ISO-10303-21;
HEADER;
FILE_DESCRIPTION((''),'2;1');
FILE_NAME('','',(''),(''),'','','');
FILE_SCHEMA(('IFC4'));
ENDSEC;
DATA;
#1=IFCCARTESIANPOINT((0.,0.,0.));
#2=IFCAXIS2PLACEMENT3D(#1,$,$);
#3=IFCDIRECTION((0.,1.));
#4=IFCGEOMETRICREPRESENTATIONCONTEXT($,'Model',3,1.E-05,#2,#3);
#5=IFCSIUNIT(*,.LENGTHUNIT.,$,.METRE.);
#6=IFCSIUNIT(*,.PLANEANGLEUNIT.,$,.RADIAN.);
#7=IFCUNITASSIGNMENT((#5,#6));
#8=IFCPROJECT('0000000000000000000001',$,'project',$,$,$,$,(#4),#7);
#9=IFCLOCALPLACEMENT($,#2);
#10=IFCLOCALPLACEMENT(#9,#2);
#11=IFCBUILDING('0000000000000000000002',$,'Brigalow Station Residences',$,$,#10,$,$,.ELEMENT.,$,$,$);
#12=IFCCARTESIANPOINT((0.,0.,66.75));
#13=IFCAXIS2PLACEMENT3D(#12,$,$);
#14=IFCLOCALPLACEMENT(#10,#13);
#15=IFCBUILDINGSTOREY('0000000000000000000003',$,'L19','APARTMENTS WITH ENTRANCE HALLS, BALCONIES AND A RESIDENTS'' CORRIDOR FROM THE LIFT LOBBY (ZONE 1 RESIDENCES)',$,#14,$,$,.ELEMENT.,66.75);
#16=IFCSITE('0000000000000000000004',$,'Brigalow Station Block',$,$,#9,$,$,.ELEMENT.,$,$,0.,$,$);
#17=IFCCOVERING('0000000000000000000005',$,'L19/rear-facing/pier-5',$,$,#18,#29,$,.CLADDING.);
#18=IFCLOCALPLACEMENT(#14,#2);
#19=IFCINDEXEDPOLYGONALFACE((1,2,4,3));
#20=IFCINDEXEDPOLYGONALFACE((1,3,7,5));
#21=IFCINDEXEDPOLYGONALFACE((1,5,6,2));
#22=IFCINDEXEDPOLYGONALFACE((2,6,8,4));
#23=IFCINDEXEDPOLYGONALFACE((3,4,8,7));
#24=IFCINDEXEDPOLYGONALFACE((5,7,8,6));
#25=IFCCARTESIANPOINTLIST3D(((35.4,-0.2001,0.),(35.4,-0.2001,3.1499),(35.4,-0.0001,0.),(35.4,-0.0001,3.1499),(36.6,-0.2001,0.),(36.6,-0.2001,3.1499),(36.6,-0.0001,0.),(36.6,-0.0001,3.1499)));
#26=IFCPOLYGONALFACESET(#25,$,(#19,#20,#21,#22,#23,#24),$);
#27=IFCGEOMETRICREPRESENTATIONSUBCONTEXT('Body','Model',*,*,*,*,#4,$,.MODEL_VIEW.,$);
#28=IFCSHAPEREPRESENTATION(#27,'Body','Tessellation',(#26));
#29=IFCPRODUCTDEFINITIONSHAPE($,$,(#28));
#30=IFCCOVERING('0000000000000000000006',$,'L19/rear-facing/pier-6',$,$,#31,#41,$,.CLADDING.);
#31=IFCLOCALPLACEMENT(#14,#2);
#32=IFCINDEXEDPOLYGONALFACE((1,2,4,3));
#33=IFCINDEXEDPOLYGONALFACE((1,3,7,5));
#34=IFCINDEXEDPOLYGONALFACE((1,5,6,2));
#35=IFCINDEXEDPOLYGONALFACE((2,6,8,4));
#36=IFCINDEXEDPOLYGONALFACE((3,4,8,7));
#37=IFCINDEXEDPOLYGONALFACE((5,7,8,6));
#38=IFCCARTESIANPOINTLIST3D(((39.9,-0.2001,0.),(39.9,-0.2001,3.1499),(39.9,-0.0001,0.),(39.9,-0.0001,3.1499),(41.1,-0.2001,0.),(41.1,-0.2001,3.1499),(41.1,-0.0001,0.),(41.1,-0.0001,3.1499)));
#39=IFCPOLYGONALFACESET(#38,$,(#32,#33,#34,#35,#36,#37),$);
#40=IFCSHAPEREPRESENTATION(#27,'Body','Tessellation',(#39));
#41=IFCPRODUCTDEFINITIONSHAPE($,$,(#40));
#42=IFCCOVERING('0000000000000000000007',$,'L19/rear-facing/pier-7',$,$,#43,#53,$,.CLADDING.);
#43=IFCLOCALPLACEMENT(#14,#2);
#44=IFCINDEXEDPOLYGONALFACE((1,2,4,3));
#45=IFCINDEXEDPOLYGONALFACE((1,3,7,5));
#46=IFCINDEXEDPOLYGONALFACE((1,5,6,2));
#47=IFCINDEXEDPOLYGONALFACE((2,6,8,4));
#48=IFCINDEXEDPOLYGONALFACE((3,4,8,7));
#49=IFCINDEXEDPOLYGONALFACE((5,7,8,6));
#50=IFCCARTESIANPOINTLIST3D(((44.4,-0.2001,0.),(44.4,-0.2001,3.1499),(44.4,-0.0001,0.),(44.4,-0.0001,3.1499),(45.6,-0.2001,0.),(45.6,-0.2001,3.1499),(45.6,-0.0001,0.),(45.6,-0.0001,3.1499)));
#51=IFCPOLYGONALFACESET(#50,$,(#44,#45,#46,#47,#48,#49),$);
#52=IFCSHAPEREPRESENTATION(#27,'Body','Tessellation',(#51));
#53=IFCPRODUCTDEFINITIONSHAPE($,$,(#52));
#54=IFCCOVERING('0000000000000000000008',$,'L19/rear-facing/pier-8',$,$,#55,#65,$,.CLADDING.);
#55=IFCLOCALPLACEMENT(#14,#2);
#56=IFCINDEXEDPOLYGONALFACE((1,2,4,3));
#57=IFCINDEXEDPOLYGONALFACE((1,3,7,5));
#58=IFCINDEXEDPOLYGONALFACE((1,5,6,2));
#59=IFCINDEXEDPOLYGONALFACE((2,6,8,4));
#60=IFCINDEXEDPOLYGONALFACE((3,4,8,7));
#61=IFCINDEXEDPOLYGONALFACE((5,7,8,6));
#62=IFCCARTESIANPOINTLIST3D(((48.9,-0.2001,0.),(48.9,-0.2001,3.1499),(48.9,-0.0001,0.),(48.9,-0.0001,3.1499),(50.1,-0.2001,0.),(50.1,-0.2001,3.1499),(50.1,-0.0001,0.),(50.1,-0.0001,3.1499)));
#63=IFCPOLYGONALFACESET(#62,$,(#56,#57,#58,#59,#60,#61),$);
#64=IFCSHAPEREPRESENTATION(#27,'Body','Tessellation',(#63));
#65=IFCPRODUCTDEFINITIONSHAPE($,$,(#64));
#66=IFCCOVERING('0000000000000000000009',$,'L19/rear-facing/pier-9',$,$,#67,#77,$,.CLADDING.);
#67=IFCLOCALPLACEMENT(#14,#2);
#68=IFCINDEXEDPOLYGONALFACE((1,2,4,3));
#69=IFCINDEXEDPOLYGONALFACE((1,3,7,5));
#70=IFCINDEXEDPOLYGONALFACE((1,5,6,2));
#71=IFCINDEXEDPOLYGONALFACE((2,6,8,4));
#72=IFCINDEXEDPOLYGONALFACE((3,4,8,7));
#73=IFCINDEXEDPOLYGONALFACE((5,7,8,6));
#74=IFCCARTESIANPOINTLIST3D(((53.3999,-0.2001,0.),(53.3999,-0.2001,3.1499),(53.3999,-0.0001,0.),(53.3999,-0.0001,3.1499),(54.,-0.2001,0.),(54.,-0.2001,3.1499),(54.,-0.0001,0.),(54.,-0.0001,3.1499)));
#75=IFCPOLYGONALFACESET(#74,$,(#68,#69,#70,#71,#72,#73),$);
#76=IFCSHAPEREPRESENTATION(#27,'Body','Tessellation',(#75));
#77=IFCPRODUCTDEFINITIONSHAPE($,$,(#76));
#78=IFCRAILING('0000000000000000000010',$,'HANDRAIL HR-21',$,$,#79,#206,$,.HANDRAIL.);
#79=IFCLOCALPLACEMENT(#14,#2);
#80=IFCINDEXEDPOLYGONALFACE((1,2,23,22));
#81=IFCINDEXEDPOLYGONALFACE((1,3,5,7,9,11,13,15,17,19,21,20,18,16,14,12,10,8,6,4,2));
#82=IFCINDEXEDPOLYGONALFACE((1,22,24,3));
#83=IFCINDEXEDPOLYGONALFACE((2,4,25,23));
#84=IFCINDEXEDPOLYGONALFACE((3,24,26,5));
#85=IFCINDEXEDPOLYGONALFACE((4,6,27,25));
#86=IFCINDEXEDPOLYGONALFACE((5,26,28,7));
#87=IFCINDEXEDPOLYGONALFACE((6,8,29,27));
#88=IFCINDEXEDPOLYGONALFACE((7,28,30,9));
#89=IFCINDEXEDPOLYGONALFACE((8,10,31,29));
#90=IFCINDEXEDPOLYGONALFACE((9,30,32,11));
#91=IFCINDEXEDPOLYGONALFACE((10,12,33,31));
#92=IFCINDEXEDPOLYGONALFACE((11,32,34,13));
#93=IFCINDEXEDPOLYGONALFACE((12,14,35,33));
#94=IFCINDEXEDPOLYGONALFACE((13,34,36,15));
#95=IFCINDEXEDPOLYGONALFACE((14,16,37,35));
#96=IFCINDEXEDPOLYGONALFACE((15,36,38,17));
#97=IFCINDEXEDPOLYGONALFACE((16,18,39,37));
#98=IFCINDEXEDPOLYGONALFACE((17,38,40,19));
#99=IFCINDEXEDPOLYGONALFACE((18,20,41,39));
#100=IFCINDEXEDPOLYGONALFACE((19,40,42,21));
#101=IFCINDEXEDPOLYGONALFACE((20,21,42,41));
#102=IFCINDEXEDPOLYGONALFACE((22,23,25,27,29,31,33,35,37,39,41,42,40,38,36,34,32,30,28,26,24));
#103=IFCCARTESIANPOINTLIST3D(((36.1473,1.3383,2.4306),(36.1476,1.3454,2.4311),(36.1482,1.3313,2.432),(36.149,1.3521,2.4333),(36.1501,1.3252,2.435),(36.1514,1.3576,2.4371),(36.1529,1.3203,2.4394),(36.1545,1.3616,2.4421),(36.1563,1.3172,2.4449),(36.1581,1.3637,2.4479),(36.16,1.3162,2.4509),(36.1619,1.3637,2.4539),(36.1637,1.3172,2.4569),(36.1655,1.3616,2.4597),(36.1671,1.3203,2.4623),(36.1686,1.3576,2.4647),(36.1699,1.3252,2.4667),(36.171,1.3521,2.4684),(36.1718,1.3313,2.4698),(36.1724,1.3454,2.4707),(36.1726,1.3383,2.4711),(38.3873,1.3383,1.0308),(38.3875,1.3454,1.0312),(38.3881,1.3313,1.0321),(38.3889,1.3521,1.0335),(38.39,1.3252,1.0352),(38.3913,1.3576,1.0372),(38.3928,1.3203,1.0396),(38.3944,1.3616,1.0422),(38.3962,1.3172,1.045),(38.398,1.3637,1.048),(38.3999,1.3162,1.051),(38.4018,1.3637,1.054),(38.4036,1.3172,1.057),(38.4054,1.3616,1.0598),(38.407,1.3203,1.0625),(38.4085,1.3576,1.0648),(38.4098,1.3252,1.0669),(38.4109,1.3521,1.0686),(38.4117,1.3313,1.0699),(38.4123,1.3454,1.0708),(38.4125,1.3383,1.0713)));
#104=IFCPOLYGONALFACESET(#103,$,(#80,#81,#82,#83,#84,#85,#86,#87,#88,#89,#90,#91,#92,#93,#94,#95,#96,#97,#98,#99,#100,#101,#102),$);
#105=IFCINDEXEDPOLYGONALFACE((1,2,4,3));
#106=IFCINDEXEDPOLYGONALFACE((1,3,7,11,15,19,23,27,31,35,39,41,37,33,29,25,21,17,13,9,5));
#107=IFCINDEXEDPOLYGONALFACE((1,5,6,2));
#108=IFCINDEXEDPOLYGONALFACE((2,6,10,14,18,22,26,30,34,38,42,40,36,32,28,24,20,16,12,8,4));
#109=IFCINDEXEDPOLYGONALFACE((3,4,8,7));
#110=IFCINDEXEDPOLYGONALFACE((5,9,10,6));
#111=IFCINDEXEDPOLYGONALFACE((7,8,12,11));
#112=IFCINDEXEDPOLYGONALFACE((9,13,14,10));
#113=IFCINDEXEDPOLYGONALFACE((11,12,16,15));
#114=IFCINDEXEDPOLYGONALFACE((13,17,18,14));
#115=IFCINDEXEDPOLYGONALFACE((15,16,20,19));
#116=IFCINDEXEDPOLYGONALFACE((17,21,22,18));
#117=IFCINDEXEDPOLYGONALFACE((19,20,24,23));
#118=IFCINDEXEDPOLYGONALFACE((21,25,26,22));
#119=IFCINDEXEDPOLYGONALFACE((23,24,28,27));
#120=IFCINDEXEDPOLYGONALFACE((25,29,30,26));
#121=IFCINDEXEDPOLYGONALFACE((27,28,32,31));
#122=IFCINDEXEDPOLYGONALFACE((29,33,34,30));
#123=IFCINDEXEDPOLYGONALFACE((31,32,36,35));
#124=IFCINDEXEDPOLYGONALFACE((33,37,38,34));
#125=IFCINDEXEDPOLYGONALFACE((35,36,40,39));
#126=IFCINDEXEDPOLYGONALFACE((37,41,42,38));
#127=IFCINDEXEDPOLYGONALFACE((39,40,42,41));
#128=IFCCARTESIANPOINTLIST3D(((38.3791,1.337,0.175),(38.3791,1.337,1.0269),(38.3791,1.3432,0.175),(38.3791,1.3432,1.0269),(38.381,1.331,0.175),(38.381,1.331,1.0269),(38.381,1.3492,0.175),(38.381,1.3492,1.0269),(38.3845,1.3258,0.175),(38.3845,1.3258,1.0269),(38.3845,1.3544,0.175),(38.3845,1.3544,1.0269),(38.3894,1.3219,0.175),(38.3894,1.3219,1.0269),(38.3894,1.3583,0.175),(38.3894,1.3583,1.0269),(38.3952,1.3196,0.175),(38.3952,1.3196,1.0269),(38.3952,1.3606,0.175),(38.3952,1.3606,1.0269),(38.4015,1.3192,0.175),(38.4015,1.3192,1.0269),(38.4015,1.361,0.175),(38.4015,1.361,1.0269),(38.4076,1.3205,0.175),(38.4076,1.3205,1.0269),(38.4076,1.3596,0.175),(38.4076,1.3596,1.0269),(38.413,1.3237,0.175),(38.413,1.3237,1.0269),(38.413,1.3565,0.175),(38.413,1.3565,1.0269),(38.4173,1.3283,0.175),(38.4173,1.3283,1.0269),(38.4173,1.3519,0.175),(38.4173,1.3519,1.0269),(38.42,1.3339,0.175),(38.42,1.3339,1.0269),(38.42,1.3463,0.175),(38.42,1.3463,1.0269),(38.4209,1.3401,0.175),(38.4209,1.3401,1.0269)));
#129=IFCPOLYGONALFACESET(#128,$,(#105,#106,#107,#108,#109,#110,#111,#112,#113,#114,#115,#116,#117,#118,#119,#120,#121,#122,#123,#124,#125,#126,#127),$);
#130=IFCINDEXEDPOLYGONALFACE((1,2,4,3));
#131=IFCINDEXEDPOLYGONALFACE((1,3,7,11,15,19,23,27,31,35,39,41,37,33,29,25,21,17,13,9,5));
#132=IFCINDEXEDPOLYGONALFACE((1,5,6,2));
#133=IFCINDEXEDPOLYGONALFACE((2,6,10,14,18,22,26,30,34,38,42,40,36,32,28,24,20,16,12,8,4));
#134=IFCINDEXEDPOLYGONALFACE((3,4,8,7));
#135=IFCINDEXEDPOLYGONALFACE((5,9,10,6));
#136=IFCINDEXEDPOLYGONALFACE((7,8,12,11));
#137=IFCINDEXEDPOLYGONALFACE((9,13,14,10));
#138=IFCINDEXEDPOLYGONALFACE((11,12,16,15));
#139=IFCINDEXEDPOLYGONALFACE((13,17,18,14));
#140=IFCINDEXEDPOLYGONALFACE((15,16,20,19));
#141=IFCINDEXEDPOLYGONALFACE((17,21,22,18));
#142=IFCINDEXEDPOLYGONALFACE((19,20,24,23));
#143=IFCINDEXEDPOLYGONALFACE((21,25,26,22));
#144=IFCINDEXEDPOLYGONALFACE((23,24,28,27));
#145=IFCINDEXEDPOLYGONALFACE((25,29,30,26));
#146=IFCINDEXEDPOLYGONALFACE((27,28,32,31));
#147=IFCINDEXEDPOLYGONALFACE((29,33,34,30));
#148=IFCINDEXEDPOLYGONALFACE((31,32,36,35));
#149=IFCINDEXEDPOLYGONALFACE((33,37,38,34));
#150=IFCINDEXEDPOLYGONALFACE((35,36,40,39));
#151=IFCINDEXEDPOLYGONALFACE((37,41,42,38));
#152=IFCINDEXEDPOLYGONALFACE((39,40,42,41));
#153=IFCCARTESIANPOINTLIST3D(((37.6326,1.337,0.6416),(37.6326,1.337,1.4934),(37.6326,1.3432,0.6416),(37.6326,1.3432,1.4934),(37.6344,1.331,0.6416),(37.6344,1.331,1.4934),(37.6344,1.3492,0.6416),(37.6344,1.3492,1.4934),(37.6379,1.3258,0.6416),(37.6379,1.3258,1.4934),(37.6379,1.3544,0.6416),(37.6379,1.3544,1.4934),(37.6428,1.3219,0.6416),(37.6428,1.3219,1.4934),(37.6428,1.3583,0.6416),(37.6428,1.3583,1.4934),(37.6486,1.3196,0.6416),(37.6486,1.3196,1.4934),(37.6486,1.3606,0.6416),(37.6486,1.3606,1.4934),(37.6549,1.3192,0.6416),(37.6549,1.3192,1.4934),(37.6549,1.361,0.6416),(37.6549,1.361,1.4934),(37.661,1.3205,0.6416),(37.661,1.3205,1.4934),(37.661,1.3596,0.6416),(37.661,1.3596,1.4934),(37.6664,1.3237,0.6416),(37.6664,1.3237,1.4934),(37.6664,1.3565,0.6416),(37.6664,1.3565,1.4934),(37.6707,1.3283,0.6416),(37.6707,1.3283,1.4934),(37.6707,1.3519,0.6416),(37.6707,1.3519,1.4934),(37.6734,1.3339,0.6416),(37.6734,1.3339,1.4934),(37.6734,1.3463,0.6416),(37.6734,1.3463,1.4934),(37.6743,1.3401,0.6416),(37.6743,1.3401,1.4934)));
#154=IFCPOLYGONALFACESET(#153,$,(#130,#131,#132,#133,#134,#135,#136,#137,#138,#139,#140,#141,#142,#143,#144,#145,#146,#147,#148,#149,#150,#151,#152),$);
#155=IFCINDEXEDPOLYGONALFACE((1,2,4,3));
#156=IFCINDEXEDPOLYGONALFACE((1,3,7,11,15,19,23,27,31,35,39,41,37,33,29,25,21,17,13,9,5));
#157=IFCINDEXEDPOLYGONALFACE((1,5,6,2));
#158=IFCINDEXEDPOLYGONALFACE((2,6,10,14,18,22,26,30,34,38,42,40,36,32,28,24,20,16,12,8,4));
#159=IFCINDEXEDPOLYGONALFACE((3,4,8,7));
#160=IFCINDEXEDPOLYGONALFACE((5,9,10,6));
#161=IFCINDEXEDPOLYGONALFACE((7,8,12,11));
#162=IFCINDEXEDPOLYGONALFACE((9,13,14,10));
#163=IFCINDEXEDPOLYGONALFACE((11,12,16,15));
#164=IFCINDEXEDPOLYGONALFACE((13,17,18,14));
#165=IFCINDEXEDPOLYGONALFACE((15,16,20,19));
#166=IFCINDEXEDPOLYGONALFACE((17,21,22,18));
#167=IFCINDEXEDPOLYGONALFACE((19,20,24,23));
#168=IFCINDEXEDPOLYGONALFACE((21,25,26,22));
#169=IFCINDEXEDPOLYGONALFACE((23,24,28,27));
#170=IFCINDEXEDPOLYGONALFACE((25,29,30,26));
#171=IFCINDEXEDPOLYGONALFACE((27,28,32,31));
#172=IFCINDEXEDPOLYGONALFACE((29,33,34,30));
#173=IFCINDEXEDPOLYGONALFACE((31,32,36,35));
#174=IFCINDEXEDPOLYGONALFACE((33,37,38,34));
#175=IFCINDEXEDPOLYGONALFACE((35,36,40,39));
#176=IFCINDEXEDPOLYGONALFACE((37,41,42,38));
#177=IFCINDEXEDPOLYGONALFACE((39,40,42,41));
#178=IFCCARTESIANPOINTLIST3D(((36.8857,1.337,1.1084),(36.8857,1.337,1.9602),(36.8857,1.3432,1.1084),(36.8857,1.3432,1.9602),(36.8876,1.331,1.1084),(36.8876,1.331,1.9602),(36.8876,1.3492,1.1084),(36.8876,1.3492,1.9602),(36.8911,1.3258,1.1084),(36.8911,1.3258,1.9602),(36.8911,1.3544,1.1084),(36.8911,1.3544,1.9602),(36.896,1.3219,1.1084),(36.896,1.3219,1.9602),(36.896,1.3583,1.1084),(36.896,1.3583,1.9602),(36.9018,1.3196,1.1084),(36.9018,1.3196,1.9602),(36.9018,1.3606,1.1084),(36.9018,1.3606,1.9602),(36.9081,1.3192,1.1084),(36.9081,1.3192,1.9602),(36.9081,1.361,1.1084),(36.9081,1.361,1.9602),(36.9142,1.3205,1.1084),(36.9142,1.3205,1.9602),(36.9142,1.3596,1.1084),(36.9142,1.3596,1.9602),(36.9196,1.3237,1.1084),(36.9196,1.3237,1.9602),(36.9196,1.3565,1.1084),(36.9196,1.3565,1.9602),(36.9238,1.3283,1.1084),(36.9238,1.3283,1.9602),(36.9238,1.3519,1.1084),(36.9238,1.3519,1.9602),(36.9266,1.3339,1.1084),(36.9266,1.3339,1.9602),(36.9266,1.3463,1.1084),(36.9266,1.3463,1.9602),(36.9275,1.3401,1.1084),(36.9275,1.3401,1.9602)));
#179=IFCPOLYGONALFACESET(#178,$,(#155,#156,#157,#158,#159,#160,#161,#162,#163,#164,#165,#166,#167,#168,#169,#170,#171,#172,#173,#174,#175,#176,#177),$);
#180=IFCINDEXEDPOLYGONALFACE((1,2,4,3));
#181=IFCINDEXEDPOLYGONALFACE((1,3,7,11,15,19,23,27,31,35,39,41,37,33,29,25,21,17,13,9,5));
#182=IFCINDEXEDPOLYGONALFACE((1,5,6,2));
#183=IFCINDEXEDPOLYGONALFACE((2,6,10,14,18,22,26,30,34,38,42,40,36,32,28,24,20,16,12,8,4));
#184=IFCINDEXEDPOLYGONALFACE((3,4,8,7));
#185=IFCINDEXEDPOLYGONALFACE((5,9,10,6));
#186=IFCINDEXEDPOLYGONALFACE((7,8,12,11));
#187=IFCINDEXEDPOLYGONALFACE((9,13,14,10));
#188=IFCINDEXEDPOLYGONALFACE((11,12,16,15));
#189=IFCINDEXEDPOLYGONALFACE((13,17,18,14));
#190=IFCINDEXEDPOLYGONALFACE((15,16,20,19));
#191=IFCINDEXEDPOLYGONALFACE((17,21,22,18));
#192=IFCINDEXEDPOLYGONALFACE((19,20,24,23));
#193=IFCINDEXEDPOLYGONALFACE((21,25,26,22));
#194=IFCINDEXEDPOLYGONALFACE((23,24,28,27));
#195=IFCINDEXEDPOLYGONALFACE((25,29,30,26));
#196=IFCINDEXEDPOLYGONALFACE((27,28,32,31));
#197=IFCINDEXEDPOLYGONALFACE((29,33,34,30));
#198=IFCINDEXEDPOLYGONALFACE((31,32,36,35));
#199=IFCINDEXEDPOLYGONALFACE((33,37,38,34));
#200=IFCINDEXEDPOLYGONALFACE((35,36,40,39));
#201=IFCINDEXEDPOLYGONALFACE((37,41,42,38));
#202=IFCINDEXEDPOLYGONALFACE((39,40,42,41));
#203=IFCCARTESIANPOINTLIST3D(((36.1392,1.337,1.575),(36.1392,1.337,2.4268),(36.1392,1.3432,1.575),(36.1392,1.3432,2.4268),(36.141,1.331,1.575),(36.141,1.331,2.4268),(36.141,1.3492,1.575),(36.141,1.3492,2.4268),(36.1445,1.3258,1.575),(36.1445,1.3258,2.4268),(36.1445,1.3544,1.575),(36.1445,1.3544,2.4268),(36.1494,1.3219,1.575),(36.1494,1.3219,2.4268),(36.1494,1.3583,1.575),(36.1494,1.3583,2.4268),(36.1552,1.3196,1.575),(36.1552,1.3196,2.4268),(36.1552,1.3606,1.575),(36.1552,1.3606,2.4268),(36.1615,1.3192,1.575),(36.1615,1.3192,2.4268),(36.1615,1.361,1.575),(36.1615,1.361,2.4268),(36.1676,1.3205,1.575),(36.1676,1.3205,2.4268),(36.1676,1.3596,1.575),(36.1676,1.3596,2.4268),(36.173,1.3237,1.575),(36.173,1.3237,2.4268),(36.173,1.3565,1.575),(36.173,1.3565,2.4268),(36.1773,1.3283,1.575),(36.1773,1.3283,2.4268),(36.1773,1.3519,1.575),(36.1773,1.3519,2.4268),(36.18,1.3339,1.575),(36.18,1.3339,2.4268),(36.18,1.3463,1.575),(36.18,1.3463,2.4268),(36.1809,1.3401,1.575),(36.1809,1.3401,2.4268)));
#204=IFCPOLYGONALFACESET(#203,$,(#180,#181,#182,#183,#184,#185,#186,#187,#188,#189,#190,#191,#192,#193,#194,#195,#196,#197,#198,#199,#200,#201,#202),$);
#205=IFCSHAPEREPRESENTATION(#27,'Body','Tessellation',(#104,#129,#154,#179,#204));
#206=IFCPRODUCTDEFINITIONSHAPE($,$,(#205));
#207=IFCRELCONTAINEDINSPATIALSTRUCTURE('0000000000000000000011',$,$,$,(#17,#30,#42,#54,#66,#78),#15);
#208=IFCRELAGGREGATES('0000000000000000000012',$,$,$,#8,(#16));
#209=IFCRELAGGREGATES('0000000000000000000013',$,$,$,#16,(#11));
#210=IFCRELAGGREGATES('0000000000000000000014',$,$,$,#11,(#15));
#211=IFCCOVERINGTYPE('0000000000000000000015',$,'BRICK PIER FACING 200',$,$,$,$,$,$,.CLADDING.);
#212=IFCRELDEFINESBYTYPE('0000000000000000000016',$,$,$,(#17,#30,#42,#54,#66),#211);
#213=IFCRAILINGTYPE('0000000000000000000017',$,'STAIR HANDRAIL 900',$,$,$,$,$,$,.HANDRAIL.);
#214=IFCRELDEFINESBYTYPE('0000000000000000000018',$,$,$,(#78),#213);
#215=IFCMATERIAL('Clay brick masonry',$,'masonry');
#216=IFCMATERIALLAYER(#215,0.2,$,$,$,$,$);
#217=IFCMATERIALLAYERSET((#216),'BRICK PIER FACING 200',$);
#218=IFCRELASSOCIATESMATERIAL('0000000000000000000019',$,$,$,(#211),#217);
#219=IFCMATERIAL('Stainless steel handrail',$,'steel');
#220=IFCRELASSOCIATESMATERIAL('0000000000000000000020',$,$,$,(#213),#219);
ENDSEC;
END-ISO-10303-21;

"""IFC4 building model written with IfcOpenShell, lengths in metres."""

from ifc_helpers import new_model, si_unit, direction, frame, origin, origin_2d, place, context, subcontext, project, spatial, rectangle, circle, extrude, material, layer, layer_set, type_object, element, save


model = new_model("IFC4")

# Units and contexts
model_context = context("Model", 3, precision=1e-05, world=origin(), true_north=direction((0.0, 1.0)))
body_context = subcontext(model_context, "Body", "Model", "MODEL_VIEW")
ifc_project = project(units=[si_unit("LENGTHUNIT", "METRE"), si_unit("PLANEANGLEUNIT", "RADIAN")], contexts=[model_context])

# Site, building, storey
site_placement = place(None, origin())
site = spatial("IfcSite", under=ifc_project, at=site_placement, Name="Brigalow Station Block", CompositionType="ELEMENT", RefElevation=0.0)
building_placement = place(site_placement, origin())
building = spatial("IfcBuilding", under=site, at=building_placement, Name="Brigalow Station Residences", CompositionType="ELEMENT")
storey_placement = place(building_placement, frame((0.0, 0.0, 66.75)))
storey = spatial("IfcBuildingStorey", under=building, at=storey_placement, Name="L19", Description="APARTMENTS WITH ENTRANCE HALLS, BALCONIES AND A RESIDENTS' CORRIDOR FROM THE LIFT LOBBY (ZONE 1 RESIDENCES)", CompositionType="ELEMENT", Elevation=66.75)

# Coverings
ifc_material_1 = material(Name="Clay brick masonry", Category="masonry")
ifc_layer_1 = layer(ifc_material_1, 0.2)
ifc_layer_set_1 = layer_set([ifc_layer_1], Name="BRICK PIER FACING 200")
covering_type_1 = type_object("IfcCoveringType", Name="BRICK PIER FACING 200", PredefinedType="CLADDING", material=ifc_layer_set_1)
for number, where, z_axis, x_axis, name in (
    (1, (36.0, -0.1001, 0.0), (0.0, 0.0, 1.0), (1.0, 0.0, 0.0), "L19/rear-facing/pier-5"),
    (2, (40.5, -0.1001, 0.0), (0.0, 0.0, 1.0), (1.0, 0.0, 0.0), "L19/rear-facing/pier-6"),
    (3, (45.0, -0.1001, 0.0), (0.0, 0.0, 1.0), (1.0, 0.0, 0.0), "L19/rear-facing/pier-7"),
    (4, (49.5, -0.1001, 0.0), (0.0, 0.0, 1.0), (1.0, 0.0, 0.0), "L19/rear-facing/pier-8"),
):
    element("IfcCovering", number, at=place(storey_placement, frame(where, z_axis=z_axis, x_axis=x_axis)), inside=storey, type_object=covering_type_1, Name=name, PredefinedType="CLADDING", context=body_context, shape_type="SweptSolid", body=[
        extrude(rectangle(XDim=1.2, YDim=0.2, at=origin_2d()), origin(), (0.0, 0.0, 1.0), 3.1499),
    ])
covering_placement = place(storey_placement, frame((53.7, -0.1001, 0.0), z_axis=(0.0, 0.0, 1.0), x_axis=(1.0, 0.0, 0.0)))
element("IfcCovering", 5, at=covering_placement, inside=storey, type_object=covering_type_1, Name="L19/rear-facing/pier-9", PredefinedType="CLADDING", context=body_context, shape_type="SweptSolid", body=[
    extrude(rectangle(XDim=0.6001, YDim=0.2, at=origin_2d()), origin(), (0.0, 0.0, 1.0), 3.1499),
])

# Railing
ifc_material_2 = material(Name="Stainless steel handrail", Category="steel")
railing_type_1 = type_object("IfcRailingType", Name="STAIR HANDRAIL 900", PredefinedType="HANDRAIL", material=ifc_material_2)
railing_1_placement = place(storey_placement, frame((38.3999, 1.3401, 0.175)))
element("IfcRailing", 6, at=railing_1_placement, inside=storey, type_object=railing_type_1, Name="HANDRAIL HR-21", PredefinedType="HANDRAIL", context=body_context, shape_type="SweptSolid", body=[
    extrude(circle(Radius=0.0239, at=origin_2d()), frame((0.0, 0.0, 0.876), z_axis=(-0.848014, 0.0, 0.529974), x_axis=(0.0, -1.0, 0.0)), (0.0, 0.0, 1.0), 2.6414),
    extrude(circle(Radius=0.021, at=origin_2d()), origin(), (0.0, 0.0, 1.0), 0.8518),
    extrude(circle(Radius=0.021, at=origin_2d()), frame((-0.7466, 0.0, 0.4666)), (0.0, 0.0, 1.0), 0.8518),
    extrude(circle(Radius=0.021, at=origin_2d()), frame((-1.4934, 0.0, 0.9333)), (0.0, 0.0, 1.0), 0.8518),
    extrude(circle(Radius=0.021, at=origin_2d()), frame((-2.24, 0.0, 1.3999)), (0.0, 0.0, 1.0), 0.8518),
])

save(model, "model.ifc")
